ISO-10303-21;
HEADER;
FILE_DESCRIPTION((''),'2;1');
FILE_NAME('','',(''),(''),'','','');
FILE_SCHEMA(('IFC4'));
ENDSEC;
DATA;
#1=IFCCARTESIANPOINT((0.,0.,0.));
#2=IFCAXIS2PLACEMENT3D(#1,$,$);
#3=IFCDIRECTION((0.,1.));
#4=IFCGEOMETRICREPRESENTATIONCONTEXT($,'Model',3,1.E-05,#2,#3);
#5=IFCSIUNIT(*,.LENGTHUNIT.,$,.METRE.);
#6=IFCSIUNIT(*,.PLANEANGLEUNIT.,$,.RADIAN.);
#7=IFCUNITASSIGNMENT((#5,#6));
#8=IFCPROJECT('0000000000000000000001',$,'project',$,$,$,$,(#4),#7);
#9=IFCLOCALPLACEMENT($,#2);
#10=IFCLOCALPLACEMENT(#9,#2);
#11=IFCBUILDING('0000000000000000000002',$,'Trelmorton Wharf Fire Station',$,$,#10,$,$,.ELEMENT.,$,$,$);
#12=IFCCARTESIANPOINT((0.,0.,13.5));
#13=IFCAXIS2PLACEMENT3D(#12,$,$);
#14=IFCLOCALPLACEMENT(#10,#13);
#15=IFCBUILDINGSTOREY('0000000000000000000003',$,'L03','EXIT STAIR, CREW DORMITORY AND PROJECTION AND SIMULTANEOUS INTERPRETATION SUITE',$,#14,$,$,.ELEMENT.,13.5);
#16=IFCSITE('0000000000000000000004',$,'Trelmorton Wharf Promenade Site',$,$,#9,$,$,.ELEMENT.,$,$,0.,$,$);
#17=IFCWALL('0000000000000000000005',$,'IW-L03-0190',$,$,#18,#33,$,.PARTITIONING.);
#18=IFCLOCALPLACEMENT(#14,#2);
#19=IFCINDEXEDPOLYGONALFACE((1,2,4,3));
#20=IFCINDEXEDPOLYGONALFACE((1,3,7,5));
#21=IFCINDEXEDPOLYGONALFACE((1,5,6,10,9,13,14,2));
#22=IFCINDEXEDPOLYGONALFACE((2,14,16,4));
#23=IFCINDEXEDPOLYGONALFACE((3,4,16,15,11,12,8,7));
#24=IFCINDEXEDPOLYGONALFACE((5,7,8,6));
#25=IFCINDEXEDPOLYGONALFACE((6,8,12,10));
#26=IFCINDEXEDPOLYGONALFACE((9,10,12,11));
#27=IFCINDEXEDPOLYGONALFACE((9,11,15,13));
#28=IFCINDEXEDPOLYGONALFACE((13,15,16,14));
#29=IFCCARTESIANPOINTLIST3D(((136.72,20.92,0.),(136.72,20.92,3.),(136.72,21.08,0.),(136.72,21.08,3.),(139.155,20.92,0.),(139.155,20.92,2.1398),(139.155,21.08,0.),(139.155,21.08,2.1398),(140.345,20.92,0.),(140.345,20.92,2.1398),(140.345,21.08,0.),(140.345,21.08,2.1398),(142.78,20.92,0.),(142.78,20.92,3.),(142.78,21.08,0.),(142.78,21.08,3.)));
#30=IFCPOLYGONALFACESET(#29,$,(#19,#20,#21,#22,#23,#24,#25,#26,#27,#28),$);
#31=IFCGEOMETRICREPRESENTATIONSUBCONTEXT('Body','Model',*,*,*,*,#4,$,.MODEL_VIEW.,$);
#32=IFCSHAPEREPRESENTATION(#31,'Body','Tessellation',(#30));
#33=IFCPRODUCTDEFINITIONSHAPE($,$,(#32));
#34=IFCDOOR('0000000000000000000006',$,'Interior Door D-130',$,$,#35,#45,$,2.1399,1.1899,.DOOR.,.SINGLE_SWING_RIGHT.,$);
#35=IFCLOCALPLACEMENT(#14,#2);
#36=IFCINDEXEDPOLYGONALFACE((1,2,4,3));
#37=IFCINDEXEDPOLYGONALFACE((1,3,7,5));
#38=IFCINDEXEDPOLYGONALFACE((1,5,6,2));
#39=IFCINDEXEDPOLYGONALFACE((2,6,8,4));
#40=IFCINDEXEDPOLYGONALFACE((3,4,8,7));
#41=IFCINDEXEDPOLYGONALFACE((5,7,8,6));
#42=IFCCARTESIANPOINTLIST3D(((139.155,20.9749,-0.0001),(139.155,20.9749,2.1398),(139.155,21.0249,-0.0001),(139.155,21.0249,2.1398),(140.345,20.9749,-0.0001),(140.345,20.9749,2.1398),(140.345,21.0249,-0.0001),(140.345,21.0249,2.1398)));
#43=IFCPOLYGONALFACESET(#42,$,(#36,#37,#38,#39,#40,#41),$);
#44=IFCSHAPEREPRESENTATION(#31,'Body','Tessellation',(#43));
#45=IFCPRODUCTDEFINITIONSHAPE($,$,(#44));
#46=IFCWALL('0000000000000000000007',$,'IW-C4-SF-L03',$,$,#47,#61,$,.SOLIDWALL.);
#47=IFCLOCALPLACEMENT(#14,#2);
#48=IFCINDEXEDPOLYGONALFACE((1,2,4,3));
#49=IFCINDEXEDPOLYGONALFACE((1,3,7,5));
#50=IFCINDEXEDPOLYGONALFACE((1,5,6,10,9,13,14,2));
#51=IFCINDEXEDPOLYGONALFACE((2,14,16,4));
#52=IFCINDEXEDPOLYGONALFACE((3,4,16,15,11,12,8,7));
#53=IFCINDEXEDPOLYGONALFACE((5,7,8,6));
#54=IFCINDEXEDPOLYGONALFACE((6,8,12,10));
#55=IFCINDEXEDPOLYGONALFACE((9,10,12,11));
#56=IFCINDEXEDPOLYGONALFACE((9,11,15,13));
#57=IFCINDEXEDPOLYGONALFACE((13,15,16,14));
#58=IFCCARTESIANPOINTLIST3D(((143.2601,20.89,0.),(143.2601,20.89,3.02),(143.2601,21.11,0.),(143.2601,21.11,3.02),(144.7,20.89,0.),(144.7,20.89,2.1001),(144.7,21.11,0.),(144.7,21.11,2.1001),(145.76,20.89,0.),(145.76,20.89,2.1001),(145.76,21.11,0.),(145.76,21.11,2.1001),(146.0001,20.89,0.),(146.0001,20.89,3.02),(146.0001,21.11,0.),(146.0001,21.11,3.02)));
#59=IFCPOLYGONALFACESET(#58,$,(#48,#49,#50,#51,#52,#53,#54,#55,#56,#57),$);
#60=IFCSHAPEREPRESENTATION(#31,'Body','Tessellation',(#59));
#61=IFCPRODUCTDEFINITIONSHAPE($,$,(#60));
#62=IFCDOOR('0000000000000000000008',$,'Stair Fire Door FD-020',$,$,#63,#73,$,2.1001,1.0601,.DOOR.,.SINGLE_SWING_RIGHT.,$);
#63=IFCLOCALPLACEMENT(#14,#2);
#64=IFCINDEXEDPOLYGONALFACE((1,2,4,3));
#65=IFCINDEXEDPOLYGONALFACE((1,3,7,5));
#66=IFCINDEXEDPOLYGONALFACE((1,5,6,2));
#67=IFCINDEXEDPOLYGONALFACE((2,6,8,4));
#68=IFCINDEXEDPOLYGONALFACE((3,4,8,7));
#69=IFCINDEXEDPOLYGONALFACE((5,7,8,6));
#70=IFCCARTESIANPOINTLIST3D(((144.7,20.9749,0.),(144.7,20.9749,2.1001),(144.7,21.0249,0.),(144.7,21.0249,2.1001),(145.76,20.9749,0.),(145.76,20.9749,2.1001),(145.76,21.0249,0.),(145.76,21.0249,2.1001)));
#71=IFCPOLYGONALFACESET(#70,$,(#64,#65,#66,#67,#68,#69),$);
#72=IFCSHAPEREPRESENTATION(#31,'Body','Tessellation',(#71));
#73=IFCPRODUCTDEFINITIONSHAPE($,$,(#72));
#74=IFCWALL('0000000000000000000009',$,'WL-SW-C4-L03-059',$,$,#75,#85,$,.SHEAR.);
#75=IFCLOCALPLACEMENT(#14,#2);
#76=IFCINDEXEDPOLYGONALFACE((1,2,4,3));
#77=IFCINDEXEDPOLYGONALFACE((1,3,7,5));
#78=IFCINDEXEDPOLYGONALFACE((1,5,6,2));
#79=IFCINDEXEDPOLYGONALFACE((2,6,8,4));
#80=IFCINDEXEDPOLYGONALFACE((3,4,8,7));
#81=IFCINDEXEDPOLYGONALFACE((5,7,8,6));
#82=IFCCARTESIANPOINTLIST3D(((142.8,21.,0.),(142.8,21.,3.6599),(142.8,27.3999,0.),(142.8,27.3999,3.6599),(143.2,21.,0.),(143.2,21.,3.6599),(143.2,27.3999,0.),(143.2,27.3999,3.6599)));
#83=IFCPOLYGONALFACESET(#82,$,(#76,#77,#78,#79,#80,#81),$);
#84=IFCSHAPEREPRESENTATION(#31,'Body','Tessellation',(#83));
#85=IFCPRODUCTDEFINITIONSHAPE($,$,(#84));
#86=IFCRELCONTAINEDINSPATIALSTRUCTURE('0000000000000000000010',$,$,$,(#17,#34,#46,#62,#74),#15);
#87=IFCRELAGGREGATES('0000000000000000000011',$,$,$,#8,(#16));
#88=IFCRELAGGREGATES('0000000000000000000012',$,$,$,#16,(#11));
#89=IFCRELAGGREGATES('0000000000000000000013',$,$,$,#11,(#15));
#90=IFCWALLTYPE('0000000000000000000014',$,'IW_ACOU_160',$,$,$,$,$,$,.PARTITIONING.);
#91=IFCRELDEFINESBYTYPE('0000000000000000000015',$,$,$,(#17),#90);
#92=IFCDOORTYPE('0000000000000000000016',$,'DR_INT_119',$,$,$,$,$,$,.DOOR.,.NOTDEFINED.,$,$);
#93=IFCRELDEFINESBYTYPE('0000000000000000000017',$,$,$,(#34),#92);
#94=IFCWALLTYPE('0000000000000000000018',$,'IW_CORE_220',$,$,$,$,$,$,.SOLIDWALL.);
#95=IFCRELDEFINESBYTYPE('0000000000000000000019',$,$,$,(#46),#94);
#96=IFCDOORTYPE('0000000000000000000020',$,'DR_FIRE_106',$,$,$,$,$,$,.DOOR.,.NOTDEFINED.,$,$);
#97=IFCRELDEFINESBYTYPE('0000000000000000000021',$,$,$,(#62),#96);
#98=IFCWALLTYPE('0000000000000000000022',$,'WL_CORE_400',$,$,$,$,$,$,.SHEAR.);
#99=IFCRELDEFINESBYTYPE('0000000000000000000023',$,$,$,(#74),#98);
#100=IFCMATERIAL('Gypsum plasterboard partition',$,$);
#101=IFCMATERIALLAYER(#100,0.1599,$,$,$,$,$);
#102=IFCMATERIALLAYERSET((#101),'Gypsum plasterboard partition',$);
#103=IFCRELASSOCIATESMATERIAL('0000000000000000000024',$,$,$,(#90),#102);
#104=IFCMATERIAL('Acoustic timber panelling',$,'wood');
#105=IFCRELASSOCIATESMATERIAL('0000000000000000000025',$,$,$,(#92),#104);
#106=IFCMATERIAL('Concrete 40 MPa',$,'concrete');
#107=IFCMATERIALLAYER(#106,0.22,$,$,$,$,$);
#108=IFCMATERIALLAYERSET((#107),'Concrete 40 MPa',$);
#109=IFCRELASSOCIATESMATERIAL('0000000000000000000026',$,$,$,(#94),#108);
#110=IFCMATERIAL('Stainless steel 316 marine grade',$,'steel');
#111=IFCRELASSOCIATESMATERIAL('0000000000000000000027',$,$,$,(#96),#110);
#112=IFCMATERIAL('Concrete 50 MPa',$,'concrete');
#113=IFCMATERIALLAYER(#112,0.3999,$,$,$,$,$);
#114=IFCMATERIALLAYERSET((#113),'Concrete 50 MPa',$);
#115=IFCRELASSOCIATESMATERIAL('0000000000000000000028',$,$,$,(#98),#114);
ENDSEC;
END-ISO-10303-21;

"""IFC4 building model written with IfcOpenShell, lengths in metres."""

from ifc_helpers import new_model, si_unit, direction, frame, frame_2d, origin, place, context, subcontext, project, spatial, rectangle, extrude, material, layer, layer_set, type_object, element, fill, save


model = new_model("IFC4")

# Units and contexts
model_context = context("Model", 3, precision=1e-05, world=origin(), true_north=direction((0.0, 1.0)))
body_context = subcontext(model_context, "Body", "Model", "MODEL_VIEW")
ifc_project = project(units=[si_unit("LENGTHUNIT", "METRE"), si_unit("PLANEANGLEUNIT", "RADIAN")], contexts=[model_context])

# Site, building, storey
site_placement = place(None, origin())
site = spatial("IfcSite", under=ifc_project, at=site_placement, Name="Trelmorton Wharf Promenade Site", CompositionType="ELEMENT", RefElevation=0.0)
building_placement = place(site_placement, origin())
building = spatial("IfcBuilding", under=site, at=building_placement, Name="Trelmorton Wharf Fire Station", CompositionType="ELEMENT")
storey_placement = place(building_placement, frame((0.0, 0.0, 13.5)))
storey = spatial("IfcBuildingStorey", under=building, at=storey_placement, Name="L03", Description="EXIT STAIR, CREW DORMITORY AND PROJECTION AND SIMULTANEOUS INTERPRETATION SUITE", CompositionType="ELEMENT", Elevation=13.5)

# Walls, openings, doors
ifc_material_1 = material(Name="Gypsum plasterboard partition")
ifc_layer_1 = layer(ifc_material_1, 0.1599)
ifc_layer_set_1 = layer_set([ifc_layer_1], Name="Gypsum plasterboard partition")
wall_type_1 = type_object("IfcWallType", Name="IW_ACOU_160", PredefinedType="PARTITIONING", material=ifc_layer_set_1)
wall_1_placement = place(storey_placement, frame((136.72, 21.0, 0.0), z_axis=(0.0, 0.0, 1.0), x_axis=(1.0, 0.0, 0.0)))
wall_1 = element("IfcWall", 1, at=wall_1_placement, inside=storey, type_object=wall_type_1, Name="IW-L03-0190", PredefinedType="PARTITIONING", context=body_context, shape_type="SweptSolid", body=[
    extrude(rectangle(XDim=6.0601, YDim=0.1599, at=frame_2d((3.03, 0.0))), origin(), (0.0, 0.0, 1.0), 3.0),
])
opening_1_placement = place(wall_1_placement, frame((2.4351, 0.0, 0.0)))
opening_1 = element("IfcOpeningElement", 2, at=opening_1_placement, cuts=wall_1, PredefinedType="OPENING", context=body_context, shape_type="SweptSolid", body=[
    extrude(rectangle(XDim=1.1899, YDim=2.1399, at=frame_2d((0.595, 1.0698))), frame((0.0, 0.0898, 0.0), z_axis=(0.0, -1.0, 0.0), x_axis=(1.0, 0.0, 0.0)), (0.0, 0.0, 1.0), 0.1799),
])
ifc_material_2 = material(Name="Acoustic timber panelling", Category="wood")
door_type_1 = type_object("IfcDoorType", Name="DR_INT_119", OperationType="NOTDEFINED", PredefinedType="DOOR", material=ifc_material_2)
door_1_placement = place(opening_1_placement, origin())
door_1 = element("IfcDoor", 3, at=door_1_placement, inside=storey, type_object=door_type_1, Name="Interior Door D-130", OperationType="SINGLE_SWING_RIGHT", OverallHeight=2.1399, OverallWidth=1.1899, PredefinedType="DOOR", context=body_context, shape_type="SweptSolid", body=[
    extrude(rectangle(XDim=1.1899, YDim=2.1399, at=frame_2d((0.595, 1.0698))), frame((0.0, 0.0249, 0.0), z_axis=(0.0, -1.0, 0.0), x_axis=(1.0, 0.0, 0.0)), (0.0, 0.0, 1.0), 0.05),
])
fill(opening_1, door_1)
ifc_material_3 = material(Name="Concrete 40 MPa", Category="concrete")
ifc_layer_2 = layer(ifc_material_3, 0.22)
ifc_layer_set_2 = layer_set([ifc_layer_2], Name="Concrete 40 MPa")
wall_type_2 = type_object("IfcWallType", Name="IW_CORE_220", PredefinedType="SOLIDWALL", material=ifc_layer_set_2)
wall_2_placement = place(storey_placement, frame((143.26, 21.0, 0.0), z_axis=(0.0, 0.0, 1.0), x_axis=(1.0, 0.0, 0.0)))
wall_2 = element("IfcWall", 4, at=wall_2_placement, inside=storey, type_object=wall_type_2, Name="IW-C4-SF-L03", PredefinedType="SOLIDWALL", context=body_context, shape_type="SweptSolid", body=[
    extrude(rectangle(XDim=2.74, YDim=0.22, at=frame_2d((1.3701, 0.0))), origin(), (0.0, 0.0, 1.0), 3.02),
])
opening_2_placement = place(wall_2_placement, frame((1.4399, 0.0, 0.0)))
opening_2 = element("IfcOpeningElement", 5, at=opening_2_placement, cuts=wall_2, PredefinedType="OPENING", context=body_context, shape_type="SweptSolid", body=[
    extrude(rectangle(XDim=1.0601, YDim=2.1001, at=frame_2d((0.53, 1.05))), frame((0.0, 0.1201, 0.0), z_axis=(0.0, -1.0, 0.0), x_axis=(1.0, 0.0, 0.0)), (0.0, 0.0, 1.0), 0.24),
])
ifc_material_4 = material(Name="Stainless steel 316 marine grade", Category="steel")
door_type_2 = type_object("IfcDoorType", Name="DR_FIRE_106", OperationType="NOTDEFINED", PredefinedType="DOOR", material=ifc_material_4)
door_2_placement = place(opening_2_placement, origin())
door_2 = element("IfcDoor", 6, at=door_2_placement, inside=storey, type_object=door_type_2, Name="Stair Fire Door FD-020", OperationType="SINGLE_SWING_RIGHT", OverallHeight=2.1001, OverallWidth=1.0601, PredefinedType="DOOR", context=body_context, shape_type="SweptSolid", body=[
    extrude(rectangle(XDim=1.0601, YDim=2.1001, at=frame_2d((0.53, 1.05))), frame((0.0, 0.0249, 0.0), z_axis=(0.0, -1.0, 0.0), x_axis=(1.0, 0.0, 0.0)), (0.0, 0.0, 1.0), 0.05),
])
fill(opening_2, door_2)

# Wall
ifc_material_5 = material(Name="Concrete 50 MPa", Category="concrete")
ifc_layer_3 = layer(ifc_material_5, 0.3999)
ifc_layer_set_3 = layer_set([ifc_layer_3], Name="Concrete 50 MPa")
wall_type_3 = type_object("IfcWallType", Name="WL_CORE_400", PredefinedType="SHEAR", material=ifc_layer_set_3)
wall_3_placement = place(storey_placement, frame((143.0, 21.0, 0.0), z_axis=(0.0, 0.0, 1.0), x_axis=(0.0, 1.0, 0.0)))
element("IfcWall", 7, at=wall_3_placement, inside=storey, type_object=wall_type_3, Name="WL-SW-C4-L03-059", PredefinedType="SHEAR", context=body_context, shape_type="SweptSolid", body=[
    extrude(rectangle(XDim=6.3999, YDim=0.3999, at=frame_2d((3.2, 0.0))), origin(), (0.0, 0.0, 1.0), 3.6599),
])

save(model, "model.ifc")
